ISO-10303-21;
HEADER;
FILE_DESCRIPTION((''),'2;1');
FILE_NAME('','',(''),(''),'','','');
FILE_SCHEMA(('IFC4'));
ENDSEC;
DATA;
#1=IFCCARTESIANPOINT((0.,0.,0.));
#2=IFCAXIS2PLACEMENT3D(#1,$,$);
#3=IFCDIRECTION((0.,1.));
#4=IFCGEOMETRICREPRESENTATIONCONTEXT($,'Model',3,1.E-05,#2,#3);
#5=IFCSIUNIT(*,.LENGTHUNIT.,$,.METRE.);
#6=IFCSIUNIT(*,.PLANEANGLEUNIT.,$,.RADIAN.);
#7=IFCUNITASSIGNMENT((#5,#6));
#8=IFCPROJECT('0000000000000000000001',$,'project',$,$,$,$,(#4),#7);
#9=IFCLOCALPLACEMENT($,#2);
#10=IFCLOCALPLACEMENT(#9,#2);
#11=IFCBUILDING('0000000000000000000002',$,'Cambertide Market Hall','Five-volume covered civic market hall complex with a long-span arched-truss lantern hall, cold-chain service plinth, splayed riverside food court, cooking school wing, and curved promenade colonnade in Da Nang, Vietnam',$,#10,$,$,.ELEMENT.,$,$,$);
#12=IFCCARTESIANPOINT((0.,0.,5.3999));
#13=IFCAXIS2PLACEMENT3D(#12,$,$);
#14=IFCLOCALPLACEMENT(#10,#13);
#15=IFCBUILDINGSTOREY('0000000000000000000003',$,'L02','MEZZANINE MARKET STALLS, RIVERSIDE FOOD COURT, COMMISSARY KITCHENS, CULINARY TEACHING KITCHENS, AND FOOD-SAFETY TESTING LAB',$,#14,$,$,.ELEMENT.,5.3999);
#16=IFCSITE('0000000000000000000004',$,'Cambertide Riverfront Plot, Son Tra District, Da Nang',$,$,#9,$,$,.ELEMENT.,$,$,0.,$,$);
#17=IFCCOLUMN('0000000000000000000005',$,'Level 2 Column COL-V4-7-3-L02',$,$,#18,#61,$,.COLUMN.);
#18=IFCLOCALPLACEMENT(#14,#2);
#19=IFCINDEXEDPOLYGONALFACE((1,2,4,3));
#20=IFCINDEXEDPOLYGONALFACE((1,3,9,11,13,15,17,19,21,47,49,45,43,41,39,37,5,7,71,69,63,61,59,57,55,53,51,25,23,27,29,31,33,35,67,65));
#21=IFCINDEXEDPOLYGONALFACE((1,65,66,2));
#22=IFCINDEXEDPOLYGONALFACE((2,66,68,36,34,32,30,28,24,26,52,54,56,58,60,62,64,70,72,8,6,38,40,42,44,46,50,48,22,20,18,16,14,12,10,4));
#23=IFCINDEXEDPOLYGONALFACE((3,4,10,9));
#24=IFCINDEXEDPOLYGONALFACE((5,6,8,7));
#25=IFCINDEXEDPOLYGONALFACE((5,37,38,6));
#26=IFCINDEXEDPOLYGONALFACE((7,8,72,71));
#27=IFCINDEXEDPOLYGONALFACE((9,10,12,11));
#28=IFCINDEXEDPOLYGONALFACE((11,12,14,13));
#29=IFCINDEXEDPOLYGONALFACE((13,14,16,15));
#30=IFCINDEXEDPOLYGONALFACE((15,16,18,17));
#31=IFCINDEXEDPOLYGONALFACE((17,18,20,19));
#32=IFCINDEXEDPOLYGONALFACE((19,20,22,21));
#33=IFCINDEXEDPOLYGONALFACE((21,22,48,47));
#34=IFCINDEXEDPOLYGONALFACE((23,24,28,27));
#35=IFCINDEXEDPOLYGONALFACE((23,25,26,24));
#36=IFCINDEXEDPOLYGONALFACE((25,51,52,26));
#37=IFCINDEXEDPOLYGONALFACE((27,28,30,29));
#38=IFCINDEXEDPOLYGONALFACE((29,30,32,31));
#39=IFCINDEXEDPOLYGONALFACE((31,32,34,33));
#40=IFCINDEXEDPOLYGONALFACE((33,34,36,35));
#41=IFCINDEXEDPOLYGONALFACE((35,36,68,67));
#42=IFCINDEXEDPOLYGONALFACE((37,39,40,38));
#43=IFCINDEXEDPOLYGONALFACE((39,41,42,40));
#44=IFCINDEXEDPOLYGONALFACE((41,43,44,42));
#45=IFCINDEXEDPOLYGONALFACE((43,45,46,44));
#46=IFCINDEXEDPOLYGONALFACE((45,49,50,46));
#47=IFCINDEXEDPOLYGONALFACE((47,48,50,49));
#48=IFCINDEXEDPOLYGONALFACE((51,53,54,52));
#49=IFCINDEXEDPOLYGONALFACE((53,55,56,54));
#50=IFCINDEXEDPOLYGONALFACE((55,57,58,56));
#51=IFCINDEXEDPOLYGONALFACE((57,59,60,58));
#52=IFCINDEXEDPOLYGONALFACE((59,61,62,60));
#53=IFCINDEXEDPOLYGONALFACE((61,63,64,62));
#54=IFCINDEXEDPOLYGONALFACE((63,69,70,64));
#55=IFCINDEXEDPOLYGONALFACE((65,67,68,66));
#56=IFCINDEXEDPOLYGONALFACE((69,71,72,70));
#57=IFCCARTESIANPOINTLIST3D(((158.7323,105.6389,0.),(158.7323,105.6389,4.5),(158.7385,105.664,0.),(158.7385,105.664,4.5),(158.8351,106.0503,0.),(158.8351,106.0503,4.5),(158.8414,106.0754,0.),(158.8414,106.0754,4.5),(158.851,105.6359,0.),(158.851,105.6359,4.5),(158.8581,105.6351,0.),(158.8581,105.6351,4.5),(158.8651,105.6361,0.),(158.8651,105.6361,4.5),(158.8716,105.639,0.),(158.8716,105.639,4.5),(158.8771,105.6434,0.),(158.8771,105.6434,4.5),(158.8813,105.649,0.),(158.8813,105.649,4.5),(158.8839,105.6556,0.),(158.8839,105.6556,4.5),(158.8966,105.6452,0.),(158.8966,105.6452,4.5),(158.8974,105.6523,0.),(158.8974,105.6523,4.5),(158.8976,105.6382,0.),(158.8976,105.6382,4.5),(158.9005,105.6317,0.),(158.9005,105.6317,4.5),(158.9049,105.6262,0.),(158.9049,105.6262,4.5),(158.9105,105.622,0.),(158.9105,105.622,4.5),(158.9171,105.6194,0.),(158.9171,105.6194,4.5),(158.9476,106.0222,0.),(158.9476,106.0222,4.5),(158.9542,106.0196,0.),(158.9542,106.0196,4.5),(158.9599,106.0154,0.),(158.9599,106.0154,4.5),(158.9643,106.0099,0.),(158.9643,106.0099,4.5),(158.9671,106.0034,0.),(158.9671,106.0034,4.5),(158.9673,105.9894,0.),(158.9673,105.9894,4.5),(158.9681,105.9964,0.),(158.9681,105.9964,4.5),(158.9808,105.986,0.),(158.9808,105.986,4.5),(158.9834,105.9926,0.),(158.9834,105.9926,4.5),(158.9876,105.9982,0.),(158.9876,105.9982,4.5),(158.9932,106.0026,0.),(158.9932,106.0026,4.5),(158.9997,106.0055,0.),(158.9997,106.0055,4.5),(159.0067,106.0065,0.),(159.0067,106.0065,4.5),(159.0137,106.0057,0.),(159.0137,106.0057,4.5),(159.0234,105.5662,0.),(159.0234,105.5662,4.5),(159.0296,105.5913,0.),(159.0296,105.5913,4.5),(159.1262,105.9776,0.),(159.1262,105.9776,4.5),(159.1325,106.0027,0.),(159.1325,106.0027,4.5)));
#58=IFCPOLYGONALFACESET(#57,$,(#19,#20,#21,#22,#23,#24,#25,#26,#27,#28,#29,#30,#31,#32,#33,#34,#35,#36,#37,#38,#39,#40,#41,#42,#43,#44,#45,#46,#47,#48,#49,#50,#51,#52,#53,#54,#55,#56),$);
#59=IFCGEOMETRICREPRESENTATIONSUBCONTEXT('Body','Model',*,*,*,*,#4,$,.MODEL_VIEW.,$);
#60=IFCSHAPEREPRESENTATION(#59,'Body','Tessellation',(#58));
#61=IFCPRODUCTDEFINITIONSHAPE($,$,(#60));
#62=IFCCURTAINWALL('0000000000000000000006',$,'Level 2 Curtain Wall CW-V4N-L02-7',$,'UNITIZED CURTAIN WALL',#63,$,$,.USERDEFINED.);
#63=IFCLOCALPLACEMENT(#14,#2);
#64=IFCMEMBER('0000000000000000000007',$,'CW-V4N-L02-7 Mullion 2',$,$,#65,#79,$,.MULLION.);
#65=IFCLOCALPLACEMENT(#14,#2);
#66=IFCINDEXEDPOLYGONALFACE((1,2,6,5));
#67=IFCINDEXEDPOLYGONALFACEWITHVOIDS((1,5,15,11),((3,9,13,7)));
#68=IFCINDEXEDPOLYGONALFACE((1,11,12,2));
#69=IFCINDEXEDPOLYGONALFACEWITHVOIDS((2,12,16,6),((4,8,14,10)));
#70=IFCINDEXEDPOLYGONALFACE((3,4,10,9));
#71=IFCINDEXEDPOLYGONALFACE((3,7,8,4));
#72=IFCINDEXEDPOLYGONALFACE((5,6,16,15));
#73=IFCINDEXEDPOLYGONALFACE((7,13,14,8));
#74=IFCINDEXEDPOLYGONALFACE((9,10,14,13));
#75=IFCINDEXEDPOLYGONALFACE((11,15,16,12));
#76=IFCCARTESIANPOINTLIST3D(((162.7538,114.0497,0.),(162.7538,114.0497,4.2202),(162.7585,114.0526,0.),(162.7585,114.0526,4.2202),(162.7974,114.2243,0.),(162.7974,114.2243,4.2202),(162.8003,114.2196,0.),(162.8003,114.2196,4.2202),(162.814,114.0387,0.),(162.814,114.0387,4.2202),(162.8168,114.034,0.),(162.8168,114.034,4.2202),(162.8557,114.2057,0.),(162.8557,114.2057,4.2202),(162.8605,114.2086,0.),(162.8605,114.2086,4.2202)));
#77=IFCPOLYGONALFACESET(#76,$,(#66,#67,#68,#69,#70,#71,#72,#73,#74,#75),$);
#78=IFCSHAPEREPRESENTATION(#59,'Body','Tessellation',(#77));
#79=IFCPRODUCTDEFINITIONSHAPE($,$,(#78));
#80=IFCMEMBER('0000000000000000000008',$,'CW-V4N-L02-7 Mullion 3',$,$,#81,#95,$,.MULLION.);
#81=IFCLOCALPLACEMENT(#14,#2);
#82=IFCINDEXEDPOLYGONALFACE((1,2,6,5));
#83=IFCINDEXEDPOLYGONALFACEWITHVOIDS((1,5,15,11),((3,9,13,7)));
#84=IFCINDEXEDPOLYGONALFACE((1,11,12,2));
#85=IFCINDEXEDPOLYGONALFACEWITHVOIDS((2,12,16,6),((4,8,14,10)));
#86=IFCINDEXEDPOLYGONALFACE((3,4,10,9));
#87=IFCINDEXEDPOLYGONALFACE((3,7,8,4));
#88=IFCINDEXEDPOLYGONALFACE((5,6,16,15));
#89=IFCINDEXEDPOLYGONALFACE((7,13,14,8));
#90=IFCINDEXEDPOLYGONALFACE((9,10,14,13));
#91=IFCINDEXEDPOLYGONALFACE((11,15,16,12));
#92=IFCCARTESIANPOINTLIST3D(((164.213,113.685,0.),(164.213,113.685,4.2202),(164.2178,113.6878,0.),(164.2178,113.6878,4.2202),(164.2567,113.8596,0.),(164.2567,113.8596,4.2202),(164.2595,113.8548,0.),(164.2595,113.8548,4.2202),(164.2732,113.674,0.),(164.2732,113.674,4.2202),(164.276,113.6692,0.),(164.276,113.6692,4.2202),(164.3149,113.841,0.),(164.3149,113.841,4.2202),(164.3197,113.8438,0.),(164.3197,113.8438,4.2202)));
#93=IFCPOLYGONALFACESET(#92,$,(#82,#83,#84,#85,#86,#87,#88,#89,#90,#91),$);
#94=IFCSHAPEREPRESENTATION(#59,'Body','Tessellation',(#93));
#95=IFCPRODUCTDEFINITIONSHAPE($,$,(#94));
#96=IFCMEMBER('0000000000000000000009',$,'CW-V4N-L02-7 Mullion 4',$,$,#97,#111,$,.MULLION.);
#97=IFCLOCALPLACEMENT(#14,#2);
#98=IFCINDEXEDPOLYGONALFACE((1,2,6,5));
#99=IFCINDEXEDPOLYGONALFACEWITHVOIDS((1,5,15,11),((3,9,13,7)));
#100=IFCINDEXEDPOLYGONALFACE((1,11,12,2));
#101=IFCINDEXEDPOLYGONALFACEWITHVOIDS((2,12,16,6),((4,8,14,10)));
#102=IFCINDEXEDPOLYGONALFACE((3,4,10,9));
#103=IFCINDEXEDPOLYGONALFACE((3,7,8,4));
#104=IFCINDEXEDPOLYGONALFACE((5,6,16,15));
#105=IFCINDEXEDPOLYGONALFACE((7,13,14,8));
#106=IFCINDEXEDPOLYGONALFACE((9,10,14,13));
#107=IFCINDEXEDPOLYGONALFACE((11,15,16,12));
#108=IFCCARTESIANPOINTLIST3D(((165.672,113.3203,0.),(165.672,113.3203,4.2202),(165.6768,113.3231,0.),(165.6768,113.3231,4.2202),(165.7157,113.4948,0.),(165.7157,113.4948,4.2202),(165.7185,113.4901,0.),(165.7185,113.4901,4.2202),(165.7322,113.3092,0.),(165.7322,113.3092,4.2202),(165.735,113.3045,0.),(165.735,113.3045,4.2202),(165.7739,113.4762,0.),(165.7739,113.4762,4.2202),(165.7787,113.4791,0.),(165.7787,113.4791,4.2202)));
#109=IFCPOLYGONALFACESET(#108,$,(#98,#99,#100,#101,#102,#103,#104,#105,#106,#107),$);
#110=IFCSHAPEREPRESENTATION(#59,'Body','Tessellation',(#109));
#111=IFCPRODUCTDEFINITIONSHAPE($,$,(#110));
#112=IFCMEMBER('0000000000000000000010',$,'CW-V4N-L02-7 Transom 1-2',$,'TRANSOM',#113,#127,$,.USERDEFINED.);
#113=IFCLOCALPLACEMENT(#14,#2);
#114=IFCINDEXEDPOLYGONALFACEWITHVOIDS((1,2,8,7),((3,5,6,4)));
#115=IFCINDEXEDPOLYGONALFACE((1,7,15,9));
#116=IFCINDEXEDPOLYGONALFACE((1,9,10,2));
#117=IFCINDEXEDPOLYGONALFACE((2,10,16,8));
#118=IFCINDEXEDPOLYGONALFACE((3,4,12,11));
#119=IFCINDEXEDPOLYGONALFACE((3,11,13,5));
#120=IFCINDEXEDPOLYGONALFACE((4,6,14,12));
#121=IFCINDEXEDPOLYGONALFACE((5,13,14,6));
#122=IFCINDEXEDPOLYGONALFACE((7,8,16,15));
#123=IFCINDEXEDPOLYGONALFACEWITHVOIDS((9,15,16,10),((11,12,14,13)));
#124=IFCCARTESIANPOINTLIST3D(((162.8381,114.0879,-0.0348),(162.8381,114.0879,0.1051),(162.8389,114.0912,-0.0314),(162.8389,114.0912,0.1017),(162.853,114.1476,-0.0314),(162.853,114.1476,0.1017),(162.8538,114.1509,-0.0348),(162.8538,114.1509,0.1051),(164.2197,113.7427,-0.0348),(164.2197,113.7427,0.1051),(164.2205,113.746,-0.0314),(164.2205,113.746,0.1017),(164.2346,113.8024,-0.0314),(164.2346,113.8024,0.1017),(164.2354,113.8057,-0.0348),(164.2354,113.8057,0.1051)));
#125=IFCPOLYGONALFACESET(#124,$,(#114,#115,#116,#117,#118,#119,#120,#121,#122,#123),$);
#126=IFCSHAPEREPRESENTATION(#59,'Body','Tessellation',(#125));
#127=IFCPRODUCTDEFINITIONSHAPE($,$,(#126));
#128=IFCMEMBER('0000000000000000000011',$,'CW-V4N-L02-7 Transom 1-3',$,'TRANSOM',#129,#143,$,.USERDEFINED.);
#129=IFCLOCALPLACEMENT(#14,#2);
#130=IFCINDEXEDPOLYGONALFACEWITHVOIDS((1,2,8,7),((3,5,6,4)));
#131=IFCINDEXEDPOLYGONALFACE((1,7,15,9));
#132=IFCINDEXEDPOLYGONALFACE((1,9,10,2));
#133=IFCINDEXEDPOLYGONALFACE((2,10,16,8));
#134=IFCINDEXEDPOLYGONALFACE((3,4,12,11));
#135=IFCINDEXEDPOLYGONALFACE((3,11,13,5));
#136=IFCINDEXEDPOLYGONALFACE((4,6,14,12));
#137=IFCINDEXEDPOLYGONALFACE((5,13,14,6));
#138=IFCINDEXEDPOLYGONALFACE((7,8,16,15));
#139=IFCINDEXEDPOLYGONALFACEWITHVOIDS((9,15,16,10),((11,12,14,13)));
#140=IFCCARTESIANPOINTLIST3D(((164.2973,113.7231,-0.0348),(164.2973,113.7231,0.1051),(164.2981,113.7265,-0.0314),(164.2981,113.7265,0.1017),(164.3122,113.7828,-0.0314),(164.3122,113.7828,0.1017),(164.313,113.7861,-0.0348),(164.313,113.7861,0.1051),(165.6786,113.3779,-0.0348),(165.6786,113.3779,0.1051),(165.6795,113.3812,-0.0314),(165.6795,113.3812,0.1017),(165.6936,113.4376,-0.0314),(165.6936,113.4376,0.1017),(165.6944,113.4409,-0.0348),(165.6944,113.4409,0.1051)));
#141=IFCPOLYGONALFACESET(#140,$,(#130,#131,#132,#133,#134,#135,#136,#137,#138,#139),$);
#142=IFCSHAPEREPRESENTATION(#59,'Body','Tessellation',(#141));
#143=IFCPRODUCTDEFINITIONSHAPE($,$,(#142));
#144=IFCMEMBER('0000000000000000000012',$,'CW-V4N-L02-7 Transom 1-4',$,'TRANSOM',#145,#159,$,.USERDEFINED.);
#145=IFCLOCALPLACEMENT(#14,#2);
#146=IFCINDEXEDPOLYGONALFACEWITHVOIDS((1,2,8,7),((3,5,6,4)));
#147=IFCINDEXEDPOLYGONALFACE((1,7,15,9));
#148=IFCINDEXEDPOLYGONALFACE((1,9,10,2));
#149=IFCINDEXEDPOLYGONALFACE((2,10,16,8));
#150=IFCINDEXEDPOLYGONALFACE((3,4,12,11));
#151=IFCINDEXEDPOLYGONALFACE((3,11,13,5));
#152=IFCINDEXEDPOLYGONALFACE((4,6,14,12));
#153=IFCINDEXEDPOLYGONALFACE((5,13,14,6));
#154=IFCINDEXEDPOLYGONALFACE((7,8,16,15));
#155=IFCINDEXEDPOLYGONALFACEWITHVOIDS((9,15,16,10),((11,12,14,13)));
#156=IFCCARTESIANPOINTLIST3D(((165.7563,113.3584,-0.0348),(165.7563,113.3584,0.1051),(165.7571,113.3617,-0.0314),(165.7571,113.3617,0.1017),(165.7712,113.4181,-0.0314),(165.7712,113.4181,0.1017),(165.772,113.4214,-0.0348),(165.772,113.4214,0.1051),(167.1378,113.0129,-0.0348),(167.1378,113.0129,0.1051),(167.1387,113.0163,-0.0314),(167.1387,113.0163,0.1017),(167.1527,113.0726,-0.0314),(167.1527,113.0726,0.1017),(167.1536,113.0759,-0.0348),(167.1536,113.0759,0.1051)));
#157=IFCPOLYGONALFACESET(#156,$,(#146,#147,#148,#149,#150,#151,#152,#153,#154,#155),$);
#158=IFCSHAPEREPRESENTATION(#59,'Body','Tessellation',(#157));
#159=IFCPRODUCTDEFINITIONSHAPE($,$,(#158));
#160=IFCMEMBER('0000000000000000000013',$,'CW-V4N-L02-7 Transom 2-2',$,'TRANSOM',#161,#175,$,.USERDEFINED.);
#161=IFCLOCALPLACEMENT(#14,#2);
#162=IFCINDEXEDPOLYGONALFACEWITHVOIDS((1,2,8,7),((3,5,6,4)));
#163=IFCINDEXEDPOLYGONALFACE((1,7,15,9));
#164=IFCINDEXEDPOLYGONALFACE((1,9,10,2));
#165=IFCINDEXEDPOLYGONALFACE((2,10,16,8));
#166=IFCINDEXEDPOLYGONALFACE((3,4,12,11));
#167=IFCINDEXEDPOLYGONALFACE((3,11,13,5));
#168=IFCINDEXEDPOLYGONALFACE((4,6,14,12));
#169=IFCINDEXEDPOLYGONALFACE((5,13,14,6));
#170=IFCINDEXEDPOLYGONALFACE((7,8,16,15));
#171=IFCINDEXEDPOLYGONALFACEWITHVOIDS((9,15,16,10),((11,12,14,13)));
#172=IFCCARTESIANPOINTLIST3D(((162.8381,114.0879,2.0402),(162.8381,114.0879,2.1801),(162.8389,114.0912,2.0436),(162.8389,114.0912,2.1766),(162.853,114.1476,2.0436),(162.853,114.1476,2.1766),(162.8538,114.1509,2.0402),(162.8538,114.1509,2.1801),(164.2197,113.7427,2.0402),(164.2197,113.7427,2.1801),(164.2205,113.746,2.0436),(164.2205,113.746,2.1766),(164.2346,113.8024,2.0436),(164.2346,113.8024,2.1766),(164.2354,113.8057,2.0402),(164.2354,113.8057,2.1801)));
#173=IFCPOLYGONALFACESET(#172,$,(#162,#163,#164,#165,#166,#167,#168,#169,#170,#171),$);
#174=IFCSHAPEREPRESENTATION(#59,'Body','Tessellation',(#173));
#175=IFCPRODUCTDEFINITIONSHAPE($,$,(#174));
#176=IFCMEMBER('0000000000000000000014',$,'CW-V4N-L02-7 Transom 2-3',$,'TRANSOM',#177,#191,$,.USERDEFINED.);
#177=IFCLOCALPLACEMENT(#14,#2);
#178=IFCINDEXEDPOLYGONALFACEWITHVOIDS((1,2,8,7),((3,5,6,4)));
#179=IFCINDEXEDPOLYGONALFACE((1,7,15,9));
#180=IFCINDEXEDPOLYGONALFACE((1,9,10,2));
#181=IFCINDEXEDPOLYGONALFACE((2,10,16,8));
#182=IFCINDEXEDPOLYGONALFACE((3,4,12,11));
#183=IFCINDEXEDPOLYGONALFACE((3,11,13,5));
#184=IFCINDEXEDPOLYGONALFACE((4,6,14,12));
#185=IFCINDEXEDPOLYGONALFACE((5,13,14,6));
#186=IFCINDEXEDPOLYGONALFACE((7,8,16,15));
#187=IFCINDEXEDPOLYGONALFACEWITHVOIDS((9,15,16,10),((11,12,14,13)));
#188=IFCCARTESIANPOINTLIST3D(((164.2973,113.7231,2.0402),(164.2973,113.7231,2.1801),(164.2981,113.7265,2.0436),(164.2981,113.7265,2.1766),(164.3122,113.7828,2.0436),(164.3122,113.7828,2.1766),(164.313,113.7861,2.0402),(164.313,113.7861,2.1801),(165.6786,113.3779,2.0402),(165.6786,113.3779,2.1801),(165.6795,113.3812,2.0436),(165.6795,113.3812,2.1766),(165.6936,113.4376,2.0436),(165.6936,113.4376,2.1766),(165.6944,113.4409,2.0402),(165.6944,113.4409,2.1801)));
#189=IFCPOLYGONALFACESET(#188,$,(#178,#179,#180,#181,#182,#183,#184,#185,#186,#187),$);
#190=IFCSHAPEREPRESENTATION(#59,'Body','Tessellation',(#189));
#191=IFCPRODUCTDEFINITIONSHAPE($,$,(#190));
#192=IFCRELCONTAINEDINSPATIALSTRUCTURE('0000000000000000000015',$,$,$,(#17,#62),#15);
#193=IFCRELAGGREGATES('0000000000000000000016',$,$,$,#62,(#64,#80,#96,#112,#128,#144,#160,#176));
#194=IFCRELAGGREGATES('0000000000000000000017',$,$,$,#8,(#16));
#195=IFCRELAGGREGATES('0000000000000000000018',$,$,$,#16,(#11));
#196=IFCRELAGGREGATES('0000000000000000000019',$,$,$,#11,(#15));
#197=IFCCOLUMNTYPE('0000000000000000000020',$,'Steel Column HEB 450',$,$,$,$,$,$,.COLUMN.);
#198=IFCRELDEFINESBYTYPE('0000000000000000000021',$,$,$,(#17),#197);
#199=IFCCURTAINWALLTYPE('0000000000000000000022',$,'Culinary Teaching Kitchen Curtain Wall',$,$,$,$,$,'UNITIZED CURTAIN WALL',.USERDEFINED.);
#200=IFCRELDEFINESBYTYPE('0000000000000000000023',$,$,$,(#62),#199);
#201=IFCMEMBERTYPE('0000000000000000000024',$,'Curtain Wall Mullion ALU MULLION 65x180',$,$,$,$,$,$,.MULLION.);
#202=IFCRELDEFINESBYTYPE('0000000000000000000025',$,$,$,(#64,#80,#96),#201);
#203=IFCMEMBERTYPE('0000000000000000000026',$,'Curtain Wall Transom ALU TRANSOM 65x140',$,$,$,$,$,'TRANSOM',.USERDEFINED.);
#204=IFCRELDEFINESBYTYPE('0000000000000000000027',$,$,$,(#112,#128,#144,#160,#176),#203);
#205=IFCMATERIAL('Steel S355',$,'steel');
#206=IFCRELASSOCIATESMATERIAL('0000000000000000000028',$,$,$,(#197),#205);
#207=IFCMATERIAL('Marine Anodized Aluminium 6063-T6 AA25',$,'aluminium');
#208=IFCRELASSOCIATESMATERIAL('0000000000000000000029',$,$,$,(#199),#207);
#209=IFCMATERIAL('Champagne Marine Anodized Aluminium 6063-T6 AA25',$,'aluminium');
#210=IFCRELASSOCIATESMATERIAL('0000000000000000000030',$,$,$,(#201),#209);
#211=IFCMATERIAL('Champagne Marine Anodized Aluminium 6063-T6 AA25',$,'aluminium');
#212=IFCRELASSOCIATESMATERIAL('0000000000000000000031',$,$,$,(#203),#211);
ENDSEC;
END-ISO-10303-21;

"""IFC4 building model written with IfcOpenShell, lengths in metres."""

from ifc_helpers import new_model, si_unit, direction, frame, origin, origin_2d, place, context, subcontext, project, spatial, hollow_rectangle, i_section, extrude, material, material_profile, profile_set, type_object, element, aggregate, save


model = new_model("IFC4")

# Units and contexts
model_context = context("Model", 3, precision=1e-05, world=origin(), true_north=direction((0.0, 1.0)))
body_context = subcontext(model_context, "Body", "Model", "MODEL_VIEW")
ifc_project = project(units=[si_unit("LENGTHUNIT", "METRE"), si_unit("PLANEANGLEUNIT", "RADIAN")], contexts=[model_context])

# Site, building, storey
site_placement = place(None, origin())
site = spatial("IfcSite", under=ifc_project, at=site_placement, Name="Cambertide Riverfront Plot, Son Tra District, Da Nang", CompositionType="ELEMENT", RefElevation=0.0)
building_placement = place(site_placement, origin())
building = spatial("IfcBuilding", under=site, at=building_placement, Name="Cambertide Market Hall", Description="Five-volume covered civic market hall complex with a long-span arched-truss lantern hall, cold-chain service plinth, splayed riverside food court, cooking school wing, and curved promenade colonnade in Da Nang, Vietnam", CompositionType="ELEMENT")
storey_placement = place(building_placement, frame((0.0, 0.0, 5.3999)))
storey = spatial("IfcBuildingStorey", under=building, at=storey_placement, Name="L02", Description="MEZZANINE MARKET STALLS, RIVERSIDE FOOD COURT, COMMISSARY KITCHENS, CULINARY TEACHING KITCHENS, AND FOOD-SAFETY TESTING LAB", CompositionType="ELEMENT", Elevation=5.3999)

# Column
ifc_material_1 = material(Name="Steel S355", Category="steel")
ifc_material_profile_1 = material_profile(ifc_material_1, i_section(OverallWidth=0.3, OverallDepth=0.45, WebThickness=0.0139, FlangeThickness=0.0259, FilletRadius=0.0271, at=origin_2d()), Name="HEB 450")
ifc_profile_set_1 = profile_set([ifc_material_profile_1], Name="Steel S355")
column_type = type_object("IfcColumnType", Name="Steel Column HEB 450", PredefinedType="COLUMN", material=ifc_profile_set_1)
column_placement = place(storey_placement, frame((158.9324, 105.8208, 0.0), z_axis=(0.0, 0.0, 1.0), x_axis=(0.970143, -0.242536, 0.0)))
element("IfcColumn", 1, at=column_placement, inside=storey, type_object=column_type, Name="Level 2 Column COL-V4-7-3-L02", PredefinedType="COLUMN", context=body_context, shape_type="SweptSolid", body=[
    extrude(i_section(OverallWidth=0.3, OverallDepth=0.45, WebThickness=0.0139, FlangeThickness=0.0259, FilletRadius=0.0271, at=origin_2d()), origin(), (0.0, 0.0, 1.0), 4.5),
])

# Curtain wall, members
ifc_material_2 = material(Name="Marine Anodized Aluminium 6063-T6 AA25", Category="aluminium")
curtain_wall_type = type_object("IfcCurtainWallType", Name="Culinary Teaching Kitchen Curtain Wall", ElementType="UNITIZED CURTAIN WALL", PredefinedType="USERDEFINED", material=ifc_material_2)
curtain_wall_placement = place(storey_placement, origin())
curtain_wall = element("IfcCurtainWall", 2, at=curtain_wall_placement, inside=storey, type_object=curtain_wall_type, Name="Level 2 Curtain Wall CW-V4N-L02-7", ObjectType="UNITIZED CURTAIN WALL", PredefinedType="USERDEFINED")
ifc_material_3 = material(Name="Champagne Marine Anodized Aluminium 6063-T6 AA25", Category="aluminium")
ifc_material_profile_2 = material_profile(ifc_material_3, hollow_rectangle(XDim=0.0649, YDim=0.1799, WallThickness=0.0039, at=origin_2d()), Name="ALU MULLION 65x180")
ifc_profile_set_2 = profile_set([ifc_material_profile_2], Name="Champagne Marine Anodized Aluminium 6063-T6 AA25")
member_type_1 = type_object("IfcMemberType", Name="Curtain Wall Mullion ALU MULLION 65x180", PredefinedType="MULLION", material=ifc_profile_set_2)
member_1_placement = place(storey_placement, frame((162.8071, 114.1292, 0.0), z_axis=(0.0, 0.0, 1.0), x_axis=(0.970143, -0.242536, 0.0)))
member_1 = element("IfcMember", 3, at=member_1_placement, type_object=member_type_1, Name="CW-V4N-L02-7 Mullion 2", PredefinedType="MULLION", context=body_context, shape_type="SweptSolid", body=[
    extrude(hollow_rectangle(XDim=0.0649, YDim=0.1799, WallThickness=0.0039, at=origin_2d()), origin(), (0.0, 0.0, 1.0), 4.2202),
])
member_2_placement = place(storey_placement, frame((164.2664, 113.7644, 0.0), z_axis=(0.0, 0.0, 1.0), x_axis=(0.970143, -0.242536, 0.0)))
member_2 = element("IfcMember", 4, at=member_2_placement, type_object=member_type_1, Name="CW-V4N-L02-7 Mullion 3", PredefinedType="MULLION", context=body_context, shape_type="SweptSolid", body=[
    extrude(hollow_rectangle(XDim=0.0649, YDim=0.1799, WallThickness=0.0039, at=origin_2d()), origin(), (0.0, 0.0, 1.0), 4.2202),
])
member_3_placement = place(storey_placement, frame((165.7253, 113.3997, 0.0), z_axis=(0.0, 0.0, 1.0), x_axis=(0.970143, -0.242536, 0.0)))
member_3 = element("IfcMember", 5, at=member_3_placement, type_object=member_type_1, Name="CW-V4N-L02-7 Mullion 4", PredefinedType="MULLION", context=body_context, shape_type="SweptSolid", body=[
    extrude(hollow_rectangle(XDim=0.0649, YDim=0.1799, WallThickness=0.0039, at=origin_2d()), origin(), (0.0, 0.0, 1.0), 4.2202),
])
ifc_material_4 = material(Name="Champagne Marine Anodized Aluminium 6063-T6 AA25", Category="aluminium")
ifc_material_profile_3 = material_profile(ifc_material_4, hollow_rectangle(XDim=0.0649, YDim=0.1399, WallThickness=0.0034, at=origin_2d()), Name="ALU TRANSOM 65x140")
ifc_profile_set_3 = profile_set([ifc_material_profile_3], Name="Champagne Marine Anodized Aluminium 6063-T6 AA25")
member_type_2 = type_object("IfcMemberType", Name="Curtain Wall Transom ALU TRANSOM 65x140", ElementType="TRANSOM", PredefinedType="USERDEFINED", material=ifc_profile_set_3)
member_4_placement = place(storey_placement, frame((162.8459, 114.1194, 0.0352), z_axis=(0.970173, -0.242415, 0.0), x_axis=(0.242415, 0.970173, 0.0)))
member_4 = element("IfcMember", 6, at=member_4_placement, type_object=member_type_2, Name="CW-V4N-L02-7 Transom 1-2", ObjectType="TRANSOM", PredefinedType="USERDEFINED", context=body_context, shape_type="SweptSolid", body=[
    extrude(hollow_rectangle(XDim=0.0649, YDim=0.1399, WallThickness=0.0034, at=origin_2d()), origin(), (0.0, 0.0, 1.0), 1.4241),
])
member_5_placement = place(storey_placement, frame((164.3052, 113.7546, 0.0352), z_axis=(0.970163, -0.242455, 0.0), x_axis=(0.242455, 0.970163, 0.0)))
member_5 = element("IfcMember", 7, at=member_5_placement, type_object=member_type_2, Name="CW-V4N-L02-7 Transom 1-3", ObjectType="TRANSOM", PredefinedType="USERDEFINED", context=body_context, shape_type="SweptSolid", body=[
    extrude(hollow_rectangle(XDim=0.0649, YDim=0.1399, WallThickness=0.0034, at=origin_2d()), origin(), (0.0, 0.0, 1.0), 1.4238),
])
member_6_placement = place(storey_placement, frame((165.7642, 113.3899, 0.0352), z_axis=(0.970132, -0.242576, 0.0), x_axis=(0.242576, 0.970132, 0.0)))
member_6 = element("IfcMember", 8, at=member_6_placement, type_object=member_type_2, Name="CW-V4N-L02-7 Transom 1-4", ObjectType="TRANSOM", PredefinedType="USERDEFINED", context=body_context, shape_type="SweptSolid", body=[
    extrude(hollow_rectangle(XDim=0.0649, YDim=0.1399, WallThickness=0.0034, at=origin_2d()), origin(), (0.0, 0.0, 1.0), 1.4241),
])
member_7_placement = place(storey_placement, frame((162.8459, 114.1194, 2.1101), z_axis=(0.970173, -0.242415, 0.0), x_axis=(0.242415, 0.970173, 0.0)))
member_7 = element("IfcMember", 9, at=member_7_placement, type_object=member_type_2, Name="CW-V4N-L02-7 Transom 2-2", ObjectType="TRANSOM", PredefinedType="USERDEFINED", context=body_context, shape_type="SweptSolid", body=[
    extrude(hollow_rectangle(XDim=0.0649, YDim=0.1399, WallThickness=0.0034, at=origin_2d()), origin(), (0.0, 0.0, 1.0), 1.4241),
])
member_8_placement = place(storey_placement, frame((164.3052, 113.7546, 2.1101), z_axis=(0.970163, -0.242455, 0.0), x_axis=(0.242455, 0.970163, 0.0)))
member_8 = element("IfcMember", 10, at=member_8_placement, type_object=member_type_2, Name="CW-V4N-L02-7 Transom 2-3", ObjectType="TRANSOM", PredefinedType="USERDEFINED", context=body_context, shape_type="SweptSolid", body=[
    extrude(hollow_rectangle(XDim=0.0649, YDim=0.1399, WallThickness=0.0034, at=origin_2d()), origin(), (0.0, 0.0, 1.0), 1.4238),
])

aggregate(curtain_wall, [member_1, member_2, member_3, member_4, member_5, member_6, member_7, member_8])

save(model, "model.ifc")
